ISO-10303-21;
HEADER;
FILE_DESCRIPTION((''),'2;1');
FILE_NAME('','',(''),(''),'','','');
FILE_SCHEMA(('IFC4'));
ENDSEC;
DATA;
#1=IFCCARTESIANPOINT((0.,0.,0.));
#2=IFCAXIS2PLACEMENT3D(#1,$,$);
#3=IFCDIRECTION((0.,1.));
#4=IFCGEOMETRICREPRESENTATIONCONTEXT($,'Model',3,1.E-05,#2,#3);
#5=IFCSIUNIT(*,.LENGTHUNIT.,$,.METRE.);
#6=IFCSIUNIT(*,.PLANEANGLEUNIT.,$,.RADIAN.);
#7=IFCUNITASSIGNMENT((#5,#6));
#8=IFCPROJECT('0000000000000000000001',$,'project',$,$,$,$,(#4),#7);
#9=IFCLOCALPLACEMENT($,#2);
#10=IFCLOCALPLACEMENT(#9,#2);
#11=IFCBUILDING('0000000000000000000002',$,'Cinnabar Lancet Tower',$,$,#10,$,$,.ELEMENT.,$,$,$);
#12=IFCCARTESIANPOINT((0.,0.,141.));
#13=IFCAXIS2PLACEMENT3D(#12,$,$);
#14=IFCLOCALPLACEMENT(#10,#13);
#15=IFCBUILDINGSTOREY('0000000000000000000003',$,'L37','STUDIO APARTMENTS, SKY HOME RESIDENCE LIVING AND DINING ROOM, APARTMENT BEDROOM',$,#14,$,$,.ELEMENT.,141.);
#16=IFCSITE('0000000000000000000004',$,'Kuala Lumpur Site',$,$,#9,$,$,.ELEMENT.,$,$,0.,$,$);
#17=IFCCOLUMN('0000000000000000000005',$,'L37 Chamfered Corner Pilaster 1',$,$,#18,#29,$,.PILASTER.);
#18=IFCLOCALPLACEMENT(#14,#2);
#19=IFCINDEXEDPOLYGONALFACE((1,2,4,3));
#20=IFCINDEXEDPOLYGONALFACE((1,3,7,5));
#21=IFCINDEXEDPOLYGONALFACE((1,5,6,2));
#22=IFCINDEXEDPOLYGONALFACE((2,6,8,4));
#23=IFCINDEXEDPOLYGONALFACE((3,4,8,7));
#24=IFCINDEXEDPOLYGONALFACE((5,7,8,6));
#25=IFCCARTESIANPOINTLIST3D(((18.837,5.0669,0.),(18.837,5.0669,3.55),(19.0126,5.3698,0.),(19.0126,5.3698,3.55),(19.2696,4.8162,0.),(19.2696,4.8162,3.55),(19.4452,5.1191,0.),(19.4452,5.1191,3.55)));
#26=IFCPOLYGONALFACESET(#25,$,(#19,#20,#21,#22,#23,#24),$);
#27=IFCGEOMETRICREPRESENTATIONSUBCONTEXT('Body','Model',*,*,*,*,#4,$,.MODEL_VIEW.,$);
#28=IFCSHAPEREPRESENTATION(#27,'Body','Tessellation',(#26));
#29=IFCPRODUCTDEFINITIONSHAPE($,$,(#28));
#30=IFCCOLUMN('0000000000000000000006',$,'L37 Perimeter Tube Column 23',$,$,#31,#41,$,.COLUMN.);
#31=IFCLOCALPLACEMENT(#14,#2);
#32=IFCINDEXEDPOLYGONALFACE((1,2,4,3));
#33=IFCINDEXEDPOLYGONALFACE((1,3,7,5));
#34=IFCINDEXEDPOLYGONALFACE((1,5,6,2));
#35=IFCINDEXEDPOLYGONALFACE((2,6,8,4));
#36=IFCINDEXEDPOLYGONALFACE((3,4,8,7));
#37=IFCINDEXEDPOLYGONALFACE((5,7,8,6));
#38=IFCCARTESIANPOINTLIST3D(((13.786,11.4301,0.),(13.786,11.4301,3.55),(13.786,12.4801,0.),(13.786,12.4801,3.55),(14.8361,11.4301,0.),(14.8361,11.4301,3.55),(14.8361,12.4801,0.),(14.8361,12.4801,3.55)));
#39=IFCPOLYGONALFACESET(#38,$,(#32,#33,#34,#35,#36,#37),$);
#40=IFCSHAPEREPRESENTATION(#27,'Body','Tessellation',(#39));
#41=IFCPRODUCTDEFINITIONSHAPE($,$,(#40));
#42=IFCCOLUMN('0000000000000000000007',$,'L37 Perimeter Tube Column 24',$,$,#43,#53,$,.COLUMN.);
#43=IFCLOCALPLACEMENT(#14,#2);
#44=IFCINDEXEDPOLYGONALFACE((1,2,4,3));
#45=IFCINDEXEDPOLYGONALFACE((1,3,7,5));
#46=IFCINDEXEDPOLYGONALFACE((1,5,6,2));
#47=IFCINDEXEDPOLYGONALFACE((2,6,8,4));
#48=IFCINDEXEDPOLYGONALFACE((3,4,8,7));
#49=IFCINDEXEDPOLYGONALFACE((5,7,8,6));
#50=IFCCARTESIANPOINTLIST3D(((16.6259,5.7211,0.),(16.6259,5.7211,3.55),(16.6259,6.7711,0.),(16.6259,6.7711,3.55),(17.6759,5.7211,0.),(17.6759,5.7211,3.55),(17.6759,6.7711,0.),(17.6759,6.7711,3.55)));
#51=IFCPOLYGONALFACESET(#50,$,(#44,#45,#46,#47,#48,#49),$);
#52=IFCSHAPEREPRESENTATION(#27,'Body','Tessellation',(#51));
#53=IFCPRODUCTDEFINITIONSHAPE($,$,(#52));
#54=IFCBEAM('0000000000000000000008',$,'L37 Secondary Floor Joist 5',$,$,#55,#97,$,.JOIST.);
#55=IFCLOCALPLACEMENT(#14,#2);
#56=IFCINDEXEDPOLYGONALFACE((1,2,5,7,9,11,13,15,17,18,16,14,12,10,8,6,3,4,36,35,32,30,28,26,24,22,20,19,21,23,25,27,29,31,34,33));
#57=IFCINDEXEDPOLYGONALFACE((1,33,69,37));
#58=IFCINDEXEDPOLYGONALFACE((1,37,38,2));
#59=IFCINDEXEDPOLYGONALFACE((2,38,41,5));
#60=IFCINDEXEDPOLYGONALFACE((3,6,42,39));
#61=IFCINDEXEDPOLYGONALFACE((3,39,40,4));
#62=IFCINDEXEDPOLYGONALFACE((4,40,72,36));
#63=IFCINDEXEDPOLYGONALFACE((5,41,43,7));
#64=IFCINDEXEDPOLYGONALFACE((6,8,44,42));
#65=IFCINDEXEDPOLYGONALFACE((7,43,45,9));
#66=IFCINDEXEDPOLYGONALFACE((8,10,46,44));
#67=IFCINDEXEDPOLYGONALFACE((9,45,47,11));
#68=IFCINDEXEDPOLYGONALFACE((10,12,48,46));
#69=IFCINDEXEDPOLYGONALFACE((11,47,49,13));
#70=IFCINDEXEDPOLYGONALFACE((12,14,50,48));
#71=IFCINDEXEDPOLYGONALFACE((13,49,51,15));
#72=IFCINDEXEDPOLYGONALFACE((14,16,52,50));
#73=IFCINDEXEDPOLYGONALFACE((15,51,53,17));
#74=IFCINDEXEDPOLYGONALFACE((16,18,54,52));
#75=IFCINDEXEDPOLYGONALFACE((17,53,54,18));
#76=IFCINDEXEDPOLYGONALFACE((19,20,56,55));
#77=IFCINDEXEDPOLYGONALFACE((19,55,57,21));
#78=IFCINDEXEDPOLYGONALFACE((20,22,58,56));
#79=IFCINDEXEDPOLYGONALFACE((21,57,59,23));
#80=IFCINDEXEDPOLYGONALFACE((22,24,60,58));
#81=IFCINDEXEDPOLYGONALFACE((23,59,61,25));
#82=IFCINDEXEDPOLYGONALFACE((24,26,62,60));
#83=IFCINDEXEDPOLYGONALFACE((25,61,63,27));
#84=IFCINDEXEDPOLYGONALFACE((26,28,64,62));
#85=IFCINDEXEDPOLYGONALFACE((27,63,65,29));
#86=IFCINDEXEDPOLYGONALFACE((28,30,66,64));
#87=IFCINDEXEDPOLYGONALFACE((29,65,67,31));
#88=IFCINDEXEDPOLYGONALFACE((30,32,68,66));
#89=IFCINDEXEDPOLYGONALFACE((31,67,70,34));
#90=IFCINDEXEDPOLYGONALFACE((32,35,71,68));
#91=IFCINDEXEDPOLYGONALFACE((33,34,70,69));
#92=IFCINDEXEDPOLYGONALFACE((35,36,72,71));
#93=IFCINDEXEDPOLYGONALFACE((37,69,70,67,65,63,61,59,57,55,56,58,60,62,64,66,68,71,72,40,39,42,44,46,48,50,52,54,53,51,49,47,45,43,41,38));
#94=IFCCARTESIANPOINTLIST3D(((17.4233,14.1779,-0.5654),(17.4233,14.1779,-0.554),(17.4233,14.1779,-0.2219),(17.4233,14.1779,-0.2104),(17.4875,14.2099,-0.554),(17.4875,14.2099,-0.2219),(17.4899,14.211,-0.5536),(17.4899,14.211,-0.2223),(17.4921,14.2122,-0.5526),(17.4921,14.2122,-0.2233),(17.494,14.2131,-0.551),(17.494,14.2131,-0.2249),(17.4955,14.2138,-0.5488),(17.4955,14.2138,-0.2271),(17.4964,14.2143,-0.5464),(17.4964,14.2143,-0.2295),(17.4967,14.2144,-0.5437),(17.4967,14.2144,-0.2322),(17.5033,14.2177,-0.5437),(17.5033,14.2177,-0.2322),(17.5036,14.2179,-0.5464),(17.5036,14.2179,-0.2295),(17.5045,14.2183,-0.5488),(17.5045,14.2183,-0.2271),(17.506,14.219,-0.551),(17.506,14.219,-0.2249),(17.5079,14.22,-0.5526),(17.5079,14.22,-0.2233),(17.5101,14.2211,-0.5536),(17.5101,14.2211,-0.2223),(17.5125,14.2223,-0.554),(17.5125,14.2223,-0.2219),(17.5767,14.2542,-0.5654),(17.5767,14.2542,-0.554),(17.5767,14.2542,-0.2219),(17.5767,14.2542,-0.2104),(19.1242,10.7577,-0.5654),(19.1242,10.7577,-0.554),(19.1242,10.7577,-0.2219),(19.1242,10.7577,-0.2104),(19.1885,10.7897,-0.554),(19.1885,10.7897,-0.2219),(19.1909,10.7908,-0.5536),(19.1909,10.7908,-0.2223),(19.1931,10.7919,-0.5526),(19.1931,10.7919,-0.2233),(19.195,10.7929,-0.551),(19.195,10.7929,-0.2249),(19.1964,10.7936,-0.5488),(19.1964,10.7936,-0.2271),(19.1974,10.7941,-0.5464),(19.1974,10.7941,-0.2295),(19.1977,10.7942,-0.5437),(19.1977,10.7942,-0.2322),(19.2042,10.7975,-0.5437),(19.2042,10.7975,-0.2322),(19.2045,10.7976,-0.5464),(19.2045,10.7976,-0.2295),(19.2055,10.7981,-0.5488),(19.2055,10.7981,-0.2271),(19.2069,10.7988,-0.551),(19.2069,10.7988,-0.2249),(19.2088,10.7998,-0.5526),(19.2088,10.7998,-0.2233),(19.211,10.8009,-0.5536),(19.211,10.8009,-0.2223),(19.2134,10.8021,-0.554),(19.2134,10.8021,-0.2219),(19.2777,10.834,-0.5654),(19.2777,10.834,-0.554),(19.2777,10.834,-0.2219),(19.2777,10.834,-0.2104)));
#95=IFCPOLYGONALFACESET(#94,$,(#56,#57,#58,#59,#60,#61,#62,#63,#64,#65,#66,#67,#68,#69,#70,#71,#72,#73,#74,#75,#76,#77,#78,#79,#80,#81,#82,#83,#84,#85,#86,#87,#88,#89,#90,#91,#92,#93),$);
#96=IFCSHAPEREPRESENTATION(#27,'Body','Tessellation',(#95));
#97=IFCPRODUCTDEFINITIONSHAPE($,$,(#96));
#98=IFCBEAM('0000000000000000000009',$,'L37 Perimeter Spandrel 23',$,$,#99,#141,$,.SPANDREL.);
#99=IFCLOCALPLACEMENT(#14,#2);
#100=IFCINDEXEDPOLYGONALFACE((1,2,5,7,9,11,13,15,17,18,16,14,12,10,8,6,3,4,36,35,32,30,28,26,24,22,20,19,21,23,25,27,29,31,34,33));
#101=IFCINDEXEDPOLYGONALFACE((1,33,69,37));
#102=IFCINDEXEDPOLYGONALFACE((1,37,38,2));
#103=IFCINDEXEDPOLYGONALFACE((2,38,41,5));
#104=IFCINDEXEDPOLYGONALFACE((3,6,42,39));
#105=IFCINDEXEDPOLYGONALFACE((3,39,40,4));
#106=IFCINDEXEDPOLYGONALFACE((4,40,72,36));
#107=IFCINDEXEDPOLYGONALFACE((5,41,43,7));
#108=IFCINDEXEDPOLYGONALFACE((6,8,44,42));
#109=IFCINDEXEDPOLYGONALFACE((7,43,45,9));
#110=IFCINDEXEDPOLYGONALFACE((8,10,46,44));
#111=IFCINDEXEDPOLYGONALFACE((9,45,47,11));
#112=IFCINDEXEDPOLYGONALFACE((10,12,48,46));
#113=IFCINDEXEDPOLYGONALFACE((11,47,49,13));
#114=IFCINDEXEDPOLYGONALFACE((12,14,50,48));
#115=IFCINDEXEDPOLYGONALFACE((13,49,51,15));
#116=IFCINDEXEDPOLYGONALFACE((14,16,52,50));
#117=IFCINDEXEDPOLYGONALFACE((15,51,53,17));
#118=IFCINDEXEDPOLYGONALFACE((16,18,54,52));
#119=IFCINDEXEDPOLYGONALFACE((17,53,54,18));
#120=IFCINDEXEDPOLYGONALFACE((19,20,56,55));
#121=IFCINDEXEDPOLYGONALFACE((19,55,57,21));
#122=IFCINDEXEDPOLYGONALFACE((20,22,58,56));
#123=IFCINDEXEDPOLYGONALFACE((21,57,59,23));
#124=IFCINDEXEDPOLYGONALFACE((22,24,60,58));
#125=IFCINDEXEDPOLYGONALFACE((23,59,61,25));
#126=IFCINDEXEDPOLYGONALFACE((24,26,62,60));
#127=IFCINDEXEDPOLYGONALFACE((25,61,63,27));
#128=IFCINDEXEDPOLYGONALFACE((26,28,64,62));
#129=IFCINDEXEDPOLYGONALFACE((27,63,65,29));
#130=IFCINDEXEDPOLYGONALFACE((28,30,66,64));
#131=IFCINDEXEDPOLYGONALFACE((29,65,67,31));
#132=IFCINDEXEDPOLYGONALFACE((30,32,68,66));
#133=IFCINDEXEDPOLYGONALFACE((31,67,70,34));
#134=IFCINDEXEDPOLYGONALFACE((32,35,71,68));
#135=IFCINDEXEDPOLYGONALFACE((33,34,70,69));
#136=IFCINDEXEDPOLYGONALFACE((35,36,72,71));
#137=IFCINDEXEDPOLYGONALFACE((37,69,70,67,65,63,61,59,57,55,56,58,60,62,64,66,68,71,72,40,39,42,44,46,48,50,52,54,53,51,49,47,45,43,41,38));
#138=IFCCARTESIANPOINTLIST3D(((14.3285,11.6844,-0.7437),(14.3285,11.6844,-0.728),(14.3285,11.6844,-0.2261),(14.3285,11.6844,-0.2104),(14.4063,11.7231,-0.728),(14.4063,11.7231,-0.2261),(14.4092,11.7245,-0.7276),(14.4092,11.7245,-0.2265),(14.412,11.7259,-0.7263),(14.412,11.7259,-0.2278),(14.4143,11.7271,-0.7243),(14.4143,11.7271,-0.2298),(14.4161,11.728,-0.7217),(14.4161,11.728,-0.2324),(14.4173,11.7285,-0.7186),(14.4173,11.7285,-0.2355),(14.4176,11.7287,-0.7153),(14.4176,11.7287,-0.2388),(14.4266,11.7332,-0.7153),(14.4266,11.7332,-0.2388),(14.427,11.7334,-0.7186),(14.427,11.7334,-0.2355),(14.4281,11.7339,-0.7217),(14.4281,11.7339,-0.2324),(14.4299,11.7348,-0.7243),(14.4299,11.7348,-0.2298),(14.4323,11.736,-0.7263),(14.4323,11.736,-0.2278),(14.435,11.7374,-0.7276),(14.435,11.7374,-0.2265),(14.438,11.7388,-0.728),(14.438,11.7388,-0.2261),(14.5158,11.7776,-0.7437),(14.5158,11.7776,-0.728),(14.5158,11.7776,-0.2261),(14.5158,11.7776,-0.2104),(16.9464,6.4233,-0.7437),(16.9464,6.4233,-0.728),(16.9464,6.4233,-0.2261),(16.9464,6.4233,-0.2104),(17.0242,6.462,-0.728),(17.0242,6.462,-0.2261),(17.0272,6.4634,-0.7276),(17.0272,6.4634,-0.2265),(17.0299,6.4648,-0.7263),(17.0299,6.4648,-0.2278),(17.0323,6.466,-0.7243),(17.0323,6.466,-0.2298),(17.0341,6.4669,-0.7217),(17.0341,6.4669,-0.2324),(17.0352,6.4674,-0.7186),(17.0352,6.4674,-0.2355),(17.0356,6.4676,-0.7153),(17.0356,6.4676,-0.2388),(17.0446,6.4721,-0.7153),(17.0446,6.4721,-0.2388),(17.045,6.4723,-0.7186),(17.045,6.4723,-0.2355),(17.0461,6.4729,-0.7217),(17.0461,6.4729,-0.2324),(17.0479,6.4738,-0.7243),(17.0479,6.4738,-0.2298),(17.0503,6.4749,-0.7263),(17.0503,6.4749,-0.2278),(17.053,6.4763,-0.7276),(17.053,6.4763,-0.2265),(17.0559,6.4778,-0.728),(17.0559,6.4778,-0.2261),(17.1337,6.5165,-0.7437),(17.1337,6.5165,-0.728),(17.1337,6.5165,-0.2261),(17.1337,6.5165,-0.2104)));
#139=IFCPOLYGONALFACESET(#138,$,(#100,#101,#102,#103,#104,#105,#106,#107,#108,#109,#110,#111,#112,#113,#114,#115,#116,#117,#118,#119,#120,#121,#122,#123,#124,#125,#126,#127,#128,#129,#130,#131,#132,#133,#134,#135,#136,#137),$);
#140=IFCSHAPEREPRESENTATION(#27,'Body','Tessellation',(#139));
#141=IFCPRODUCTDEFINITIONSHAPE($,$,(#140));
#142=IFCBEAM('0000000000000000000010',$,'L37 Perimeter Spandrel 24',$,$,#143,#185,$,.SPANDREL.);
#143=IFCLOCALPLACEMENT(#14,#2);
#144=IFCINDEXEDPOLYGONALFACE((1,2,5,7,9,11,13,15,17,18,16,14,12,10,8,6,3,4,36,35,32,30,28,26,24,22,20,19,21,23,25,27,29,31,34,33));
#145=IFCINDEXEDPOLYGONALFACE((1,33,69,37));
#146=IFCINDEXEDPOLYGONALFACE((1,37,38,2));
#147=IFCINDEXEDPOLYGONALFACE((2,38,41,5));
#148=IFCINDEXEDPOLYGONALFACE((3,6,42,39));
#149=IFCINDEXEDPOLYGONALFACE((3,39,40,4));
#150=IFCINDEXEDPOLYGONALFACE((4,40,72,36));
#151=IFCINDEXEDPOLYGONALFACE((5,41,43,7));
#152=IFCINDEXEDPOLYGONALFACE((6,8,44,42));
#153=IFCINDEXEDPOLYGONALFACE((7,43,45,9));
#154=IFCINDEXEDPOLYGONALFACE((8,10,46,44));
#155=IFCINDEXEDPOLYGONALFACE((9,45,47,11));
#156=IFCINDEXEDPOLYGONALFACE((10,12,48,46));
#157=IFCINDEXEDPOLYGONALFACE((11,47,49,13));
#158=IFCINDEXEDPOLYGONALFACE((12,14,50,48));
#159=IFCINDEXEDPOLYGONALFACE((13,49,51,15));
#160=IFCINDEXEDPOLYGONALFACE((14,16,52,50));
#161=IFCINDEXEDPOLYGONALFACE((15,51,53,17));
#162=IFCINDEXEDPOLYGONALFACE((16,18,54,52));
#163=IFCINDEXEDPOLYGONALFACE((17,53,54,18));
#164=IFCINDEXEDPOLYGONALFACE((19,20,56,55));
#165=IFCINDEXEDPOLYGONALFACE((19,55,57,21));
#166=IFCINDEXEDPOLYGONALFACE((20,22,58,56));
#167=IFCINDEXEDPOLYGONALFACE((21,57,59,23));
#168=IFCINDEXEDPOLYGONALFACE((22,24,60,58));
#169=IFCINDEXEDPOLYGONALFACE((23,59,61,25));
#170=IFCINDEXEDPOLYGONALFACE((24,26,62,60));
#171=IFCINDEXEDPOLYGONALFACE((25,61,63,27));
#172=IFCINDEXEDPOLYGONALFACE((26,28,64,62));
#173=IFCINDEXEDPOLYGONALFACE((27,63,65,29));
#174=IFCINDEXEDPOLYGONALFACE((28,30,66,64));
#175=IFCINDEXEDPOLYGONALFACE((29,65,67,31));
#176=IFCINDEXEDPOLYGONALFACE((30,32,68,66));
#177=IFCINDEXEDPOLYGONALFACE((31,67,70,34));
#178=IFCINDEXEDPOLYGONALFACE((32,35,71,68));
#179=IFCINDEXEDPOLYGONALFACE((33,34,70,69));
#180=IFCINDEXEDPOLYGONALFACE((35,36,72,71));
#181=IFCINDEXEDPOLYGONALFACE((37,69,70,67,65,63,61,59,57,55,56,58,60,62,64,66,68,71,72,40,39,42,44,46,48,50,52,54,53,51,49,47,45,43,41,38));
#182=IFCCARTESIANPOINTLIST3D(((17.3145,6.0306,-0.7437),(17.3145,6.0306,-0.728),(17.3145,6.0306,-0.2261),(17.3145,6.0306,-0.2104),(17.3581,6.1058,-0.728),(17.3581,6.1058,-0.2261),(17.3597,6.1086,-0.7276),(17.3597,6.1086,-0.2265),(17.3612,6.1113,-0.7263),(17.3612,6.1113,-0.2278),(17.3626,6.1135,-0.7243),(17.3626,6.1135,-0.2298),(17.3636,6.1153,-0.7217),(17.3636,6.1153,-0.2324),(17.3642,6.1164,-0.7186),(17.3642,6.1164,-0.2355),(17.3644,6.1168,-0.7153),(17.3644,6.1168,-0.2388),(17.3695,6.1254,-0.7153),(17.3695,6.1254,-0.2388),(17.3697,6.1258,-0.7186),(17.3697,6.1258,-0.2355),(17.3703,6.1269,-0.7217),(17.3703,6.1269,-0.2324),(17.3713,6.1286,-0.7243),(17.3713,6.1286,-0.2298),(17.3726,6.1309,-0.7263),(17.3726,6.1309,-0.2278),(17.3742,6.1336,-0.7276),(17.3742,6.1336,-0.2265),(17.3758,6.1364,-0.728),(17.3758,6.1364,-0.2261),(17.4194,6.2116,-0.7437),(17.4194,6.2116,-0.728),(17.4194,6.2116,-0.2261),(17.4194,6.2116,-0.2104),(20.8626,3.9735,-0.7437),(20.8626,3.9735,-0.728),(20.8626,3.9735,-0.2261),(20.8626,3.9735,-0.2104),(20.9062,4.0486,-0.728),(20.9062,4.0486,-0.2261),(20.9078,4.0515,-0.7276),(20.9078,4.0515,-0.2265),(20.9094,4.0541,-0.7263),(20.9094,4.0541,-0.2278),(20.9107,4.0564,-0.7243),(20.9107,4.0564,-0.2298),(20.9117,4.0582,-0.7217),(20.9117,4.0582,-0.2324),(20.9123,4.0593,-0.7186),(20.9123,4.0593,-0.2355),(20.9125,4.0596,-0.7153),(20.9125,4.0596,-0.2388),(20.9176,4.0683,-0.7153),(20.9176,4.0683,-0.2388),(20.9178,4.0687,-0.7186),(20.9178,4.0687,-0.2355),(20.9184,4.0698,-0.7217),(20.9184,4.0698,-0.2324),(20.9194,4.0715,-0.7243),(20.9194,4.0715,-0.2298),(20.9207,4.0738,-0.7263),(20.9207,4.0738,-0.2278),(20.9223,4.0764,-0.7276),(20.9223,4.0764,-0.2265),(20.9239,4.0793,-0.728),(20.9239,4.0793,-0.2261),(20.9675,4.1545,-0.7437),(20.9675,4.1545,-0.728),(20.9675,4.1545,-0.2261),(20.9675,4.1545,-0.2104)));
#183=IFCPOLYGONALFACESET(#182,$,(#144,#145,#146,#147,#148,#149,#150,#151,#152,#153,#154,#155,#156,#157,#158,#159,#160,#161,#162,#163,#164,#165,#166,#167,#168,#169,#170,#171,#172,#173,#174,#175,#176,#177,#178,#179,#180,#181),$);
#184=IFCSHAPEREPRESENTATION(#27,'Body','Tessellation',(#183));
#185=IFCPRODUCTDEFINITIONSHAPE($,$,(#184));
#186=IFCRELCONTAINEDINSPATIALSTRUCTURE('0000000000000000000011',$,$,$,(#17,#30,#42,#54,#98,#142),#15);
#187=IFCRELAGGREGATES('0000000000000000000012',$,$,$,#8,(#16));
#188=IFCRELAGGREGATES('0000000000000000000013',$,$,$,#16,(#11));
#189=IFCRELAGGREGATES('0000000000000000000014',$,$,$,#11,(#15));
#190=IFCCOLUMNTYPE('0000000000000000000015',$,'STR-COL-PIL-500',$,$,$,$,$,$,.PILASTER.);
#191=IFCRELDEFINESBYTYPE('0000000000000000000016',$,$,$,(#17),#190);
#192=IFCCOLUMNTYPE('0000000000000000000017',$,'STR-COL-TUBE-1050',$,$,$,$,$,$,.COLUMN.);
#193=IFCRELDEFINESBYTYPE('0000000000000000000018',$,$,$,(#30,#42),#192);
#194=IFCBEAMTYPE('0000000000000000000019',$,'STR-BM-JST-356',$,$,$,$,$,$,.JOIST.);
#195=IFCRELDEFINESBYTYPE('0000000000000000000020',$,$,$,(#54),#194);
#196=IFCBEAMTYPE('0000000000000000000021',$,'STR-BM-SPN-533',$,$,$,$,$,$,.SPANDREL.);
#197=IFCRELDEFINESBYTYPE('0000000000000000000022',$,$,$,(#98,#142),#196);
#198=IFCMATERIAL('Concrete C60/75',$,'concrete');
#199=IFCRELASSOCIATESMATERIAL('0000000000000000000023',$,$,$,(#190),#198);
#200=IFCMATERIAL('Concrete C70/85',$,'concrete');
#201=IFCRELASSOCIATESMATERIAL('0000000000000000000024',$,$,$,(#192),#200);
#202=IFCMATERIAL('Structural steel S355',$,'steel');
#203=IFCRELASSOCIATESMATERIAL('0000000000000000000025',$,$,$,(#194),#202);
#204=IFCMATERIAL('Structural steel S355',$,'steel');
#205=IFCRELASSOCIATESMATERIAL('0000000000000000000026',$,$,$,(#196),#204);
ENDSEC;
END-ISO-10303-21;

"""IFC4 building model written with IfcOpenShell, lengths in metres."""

from ifc_helpers import new_model, si_unit, direction, frame, origin, origin_2d, place, context, subcontext, project, spatial, rectangle, i_section, extrude, material, material_profile, profile_set, type_object, element, save


model = new_model("IFC4")

# Units and contexts
model_context = context("Model", 3, precision=1e-05, world=origin(), true_north=direction((0.0, 1.0)))
body_context = subcontext(model_context, "Body", "Model", "MODEL_VIEW")
ifc_project = project(units=[si_unit("LENGTHUNIT", "METRE"), si_unit("PLANEANGLEUNIT", "RADIAN")], contexts=[model_context])

# Site, building, storey
site_placement = place(None, origin())
site = spatial("IfcSite", under=ifc_project, at=site_placement, Name="Kuala Lumpur Site", CompositionType="ELEMENT", RefElevation=0.0)
building_placement = place(site_placement, origin())
building = spatial("IfcBuilding", under=site, at=building_placement, Name="Cinnabar Lancet Tower", CompositionType="ELEMENT")
storey_placement = place(building_placement, frame((0.0, 0.0, 141.0)))
storey = spatial("IfcBuildingStorey", under=building, at=storey_placement, Name="L37", Description="STUDIO APARTMENTS, SKY HOME RESIDENCE LIVING AND DINING ROOM, APARTMENT BEDROOM", CompositionType="ELEMENT", Elevation=141.0)

# Columns
ifc_material_1 = material(Name="Concrete C60/75", Category="concrete")
ifc_material_profile_1 = material_profile(ifc_material_1, rectangle(XDim=0.5, YDim=0.3501, at=origin_2d()), Name="RC-PIL 500x350")
ifc_profile_set_1 = profile_set([ifc_material_profile_1], Name="Concrete C60/75")
column_type_1 = type_object("IfcColumnType", Name="STR-COL-PIL-500", PredefinedType="PILASTER", material=ifc_profile_set_1)
column_placement = place(storey_placement, frame((19.1411, 5.093, 0.0), z_axis=(0.0, 0.0, 1.0), x_axis=(0.86516, -0.501496, 0.0)))
element("IfcColumn", 1, at=column_placement, inside=storey, type_object=column_type_1, Name="L37 Chamfered Corner Pilaster 1", PredefinedType="PILASTER", context=body_context, shape_type="SweptSolid", body=[
    extrude(rectangle(XDim=0.5, YDim=0.3501, at=origin_2d()), origin(), (0.0, 0.0, 1.0), 3.55),
])
ifc_material_2 = material(Name="Concrete C70/85", Category="concrete")
ifc_material_profile_2 = material_profile(ifc_material_2, rectangle(XDim=1.05, YDim=1.05, at=origin_2d()), Name="RC-COL 1050x1050")
ifc_profile_set_2 = profile_set([ifc_material_profile_2], Name="Concrete C70/85")
column_type_2 = type_object("IfcColumnType", Name="STR-COL-TUBE-1050", PredefinedType="COLUMN", material=ifc_profile_set_2)
for number, where, z_axis, x_axis, name in (
    (2, (14.311, 11.9551, 0.0), (0.0, 0.0, 1.0), (1.0, 0.0, 0.0), "L37 Perimeter Tube Column 23"),
    (3, (17.1509, 6.2461, 0.0), (0.0, 0.0, 1.0), (1.0, 0.0, 0.0), "L37 Perimeter Tube Column 24"),
):
    element("IfcColumn", number, at=place(storey_placement, frame(where, z_axis=z_axis, x_axis=x_axis)), inside=storey, type_object=column_type_2, Name=name, PredefinedType="COLUMN", context=body_context, shape_type="SweptSolid", body=[
        extrude(rectangle(XDim=1.05, YDim=1.05, at=origin_2d()), origin(), (0.0, 0.0, 1.0), 3.55),
    ])

# Beams
ifc_material_3 = material(Name="Structural steel S355", Category="steel")
ifc_material_profile_3 = material_profile(ifc_material_3, i_section(OverallWidth=0.1714, OverallDepth=0.355, WebThickness=0.0073, FlangeThickness=0.0115, FilletRadius=0.0103, at=origin_2d()), Name="UKB 356x171x51")
ifc_profile_set_3 = profile_set([ifc_material_profile_3], Name="Structural steel S355")
beam_type_1 = type_object("IfcBeamType", Name="STR-BM-JST-356", PredefinedType="JOIST", material=ifc_profile_set_3)
beam_1_placement = place(storey_placement, frame((17.5, 14.2161, -0.3879), z_axis=(0.445295, -0.895384, 0.0), x_axis=(0.895384, 0.445295, 0.0)))
element("IfcBeam", 4, at=beam_1_placement, inside=storey, type_object=beam_type_1, Name="L37 Secondary Floor Joist 5", PredefinedType="JOIST", context=body_context, shape_type="SweptSolid", body=[
    extrude(i_section(OverallWidth=0.1714, OverallDepth=0.355, WebThickness=0.0073, FlangeThickness=0.0115, FilletRadius=0.0103, at=origin_2d()), origin(), (0.0, 0.0, 1.0), 3.8198),
])
ifc_material_4 = material(Name="Structural steel S355", Category="steel")
ifc_material_profile_4 = material_profile(ifc_material_4, i_section(OverallWidth=0.2092, OverallDepth=0.5332, WebThickness=0.01, FlangeThickness=0.0156, FilletRadius=0.0127, at=origin_2d()), Name="UKB 533x210x92")
ifc_profile_set_4 = profile_set([ifc_material_profile_4], Name="Structural steel S355")
beam_type_2 = type_object("IfcBeamType", Name="STR-BM-SPN-533", PredefinedType="SPANDREL", material=ifc_profile_set_4)
beam_2_placement = place(storey_placement, frame((14.4221, 11.731, -0.4771), z_axis=(0.445501, -0.895281, 0.0), x_axis=(0.895281, 0.445501, 0.0)))
element("IfcBeam", 5, at=beam_2_placement, inside=storey, type_object=beam_type_2, Name="L37 Perimeter Spandrel 23", PredefinedType="SPANDREL", context=body_context, shape_type="SweptSolid", body=[
    extrude(i_section(OverallWidth=0.2092, OverallDepth=0.5332, WebThickness=0.01, FlangeThickness=0.0156, FilletRadius=0.0127, at=origin_2d()), origin(), (0.0, 0.0, 1.0), 5.8765),
])
beam_3_placement = place(storey_placement, frame((17.3669, 6.1211, -0.4771), z_axis=(0.865112, -0.501578, 0.0), x_axis=(0.501578, 0.865112, 0.0)))
element("IfcBeam", 6, at=beam_3_placement, inside=storey, type_object=beam_type_2, Name="L37 Perimeter Spandrel 24", PredefinedType="SPANDREL", context=body_context, shape_type="SweptSolid", body=[
    extrude(i_section(OverallWidth=0.2092, OverallDepth=0.5332, WebThickness=0.01, FlangeThickness=0.0156, FilletRadius=0.0127, at=origin_2d()), origin(), (0.0, 0.0, 1.0), 4.1013),
])

save(model, "model.ifc")
